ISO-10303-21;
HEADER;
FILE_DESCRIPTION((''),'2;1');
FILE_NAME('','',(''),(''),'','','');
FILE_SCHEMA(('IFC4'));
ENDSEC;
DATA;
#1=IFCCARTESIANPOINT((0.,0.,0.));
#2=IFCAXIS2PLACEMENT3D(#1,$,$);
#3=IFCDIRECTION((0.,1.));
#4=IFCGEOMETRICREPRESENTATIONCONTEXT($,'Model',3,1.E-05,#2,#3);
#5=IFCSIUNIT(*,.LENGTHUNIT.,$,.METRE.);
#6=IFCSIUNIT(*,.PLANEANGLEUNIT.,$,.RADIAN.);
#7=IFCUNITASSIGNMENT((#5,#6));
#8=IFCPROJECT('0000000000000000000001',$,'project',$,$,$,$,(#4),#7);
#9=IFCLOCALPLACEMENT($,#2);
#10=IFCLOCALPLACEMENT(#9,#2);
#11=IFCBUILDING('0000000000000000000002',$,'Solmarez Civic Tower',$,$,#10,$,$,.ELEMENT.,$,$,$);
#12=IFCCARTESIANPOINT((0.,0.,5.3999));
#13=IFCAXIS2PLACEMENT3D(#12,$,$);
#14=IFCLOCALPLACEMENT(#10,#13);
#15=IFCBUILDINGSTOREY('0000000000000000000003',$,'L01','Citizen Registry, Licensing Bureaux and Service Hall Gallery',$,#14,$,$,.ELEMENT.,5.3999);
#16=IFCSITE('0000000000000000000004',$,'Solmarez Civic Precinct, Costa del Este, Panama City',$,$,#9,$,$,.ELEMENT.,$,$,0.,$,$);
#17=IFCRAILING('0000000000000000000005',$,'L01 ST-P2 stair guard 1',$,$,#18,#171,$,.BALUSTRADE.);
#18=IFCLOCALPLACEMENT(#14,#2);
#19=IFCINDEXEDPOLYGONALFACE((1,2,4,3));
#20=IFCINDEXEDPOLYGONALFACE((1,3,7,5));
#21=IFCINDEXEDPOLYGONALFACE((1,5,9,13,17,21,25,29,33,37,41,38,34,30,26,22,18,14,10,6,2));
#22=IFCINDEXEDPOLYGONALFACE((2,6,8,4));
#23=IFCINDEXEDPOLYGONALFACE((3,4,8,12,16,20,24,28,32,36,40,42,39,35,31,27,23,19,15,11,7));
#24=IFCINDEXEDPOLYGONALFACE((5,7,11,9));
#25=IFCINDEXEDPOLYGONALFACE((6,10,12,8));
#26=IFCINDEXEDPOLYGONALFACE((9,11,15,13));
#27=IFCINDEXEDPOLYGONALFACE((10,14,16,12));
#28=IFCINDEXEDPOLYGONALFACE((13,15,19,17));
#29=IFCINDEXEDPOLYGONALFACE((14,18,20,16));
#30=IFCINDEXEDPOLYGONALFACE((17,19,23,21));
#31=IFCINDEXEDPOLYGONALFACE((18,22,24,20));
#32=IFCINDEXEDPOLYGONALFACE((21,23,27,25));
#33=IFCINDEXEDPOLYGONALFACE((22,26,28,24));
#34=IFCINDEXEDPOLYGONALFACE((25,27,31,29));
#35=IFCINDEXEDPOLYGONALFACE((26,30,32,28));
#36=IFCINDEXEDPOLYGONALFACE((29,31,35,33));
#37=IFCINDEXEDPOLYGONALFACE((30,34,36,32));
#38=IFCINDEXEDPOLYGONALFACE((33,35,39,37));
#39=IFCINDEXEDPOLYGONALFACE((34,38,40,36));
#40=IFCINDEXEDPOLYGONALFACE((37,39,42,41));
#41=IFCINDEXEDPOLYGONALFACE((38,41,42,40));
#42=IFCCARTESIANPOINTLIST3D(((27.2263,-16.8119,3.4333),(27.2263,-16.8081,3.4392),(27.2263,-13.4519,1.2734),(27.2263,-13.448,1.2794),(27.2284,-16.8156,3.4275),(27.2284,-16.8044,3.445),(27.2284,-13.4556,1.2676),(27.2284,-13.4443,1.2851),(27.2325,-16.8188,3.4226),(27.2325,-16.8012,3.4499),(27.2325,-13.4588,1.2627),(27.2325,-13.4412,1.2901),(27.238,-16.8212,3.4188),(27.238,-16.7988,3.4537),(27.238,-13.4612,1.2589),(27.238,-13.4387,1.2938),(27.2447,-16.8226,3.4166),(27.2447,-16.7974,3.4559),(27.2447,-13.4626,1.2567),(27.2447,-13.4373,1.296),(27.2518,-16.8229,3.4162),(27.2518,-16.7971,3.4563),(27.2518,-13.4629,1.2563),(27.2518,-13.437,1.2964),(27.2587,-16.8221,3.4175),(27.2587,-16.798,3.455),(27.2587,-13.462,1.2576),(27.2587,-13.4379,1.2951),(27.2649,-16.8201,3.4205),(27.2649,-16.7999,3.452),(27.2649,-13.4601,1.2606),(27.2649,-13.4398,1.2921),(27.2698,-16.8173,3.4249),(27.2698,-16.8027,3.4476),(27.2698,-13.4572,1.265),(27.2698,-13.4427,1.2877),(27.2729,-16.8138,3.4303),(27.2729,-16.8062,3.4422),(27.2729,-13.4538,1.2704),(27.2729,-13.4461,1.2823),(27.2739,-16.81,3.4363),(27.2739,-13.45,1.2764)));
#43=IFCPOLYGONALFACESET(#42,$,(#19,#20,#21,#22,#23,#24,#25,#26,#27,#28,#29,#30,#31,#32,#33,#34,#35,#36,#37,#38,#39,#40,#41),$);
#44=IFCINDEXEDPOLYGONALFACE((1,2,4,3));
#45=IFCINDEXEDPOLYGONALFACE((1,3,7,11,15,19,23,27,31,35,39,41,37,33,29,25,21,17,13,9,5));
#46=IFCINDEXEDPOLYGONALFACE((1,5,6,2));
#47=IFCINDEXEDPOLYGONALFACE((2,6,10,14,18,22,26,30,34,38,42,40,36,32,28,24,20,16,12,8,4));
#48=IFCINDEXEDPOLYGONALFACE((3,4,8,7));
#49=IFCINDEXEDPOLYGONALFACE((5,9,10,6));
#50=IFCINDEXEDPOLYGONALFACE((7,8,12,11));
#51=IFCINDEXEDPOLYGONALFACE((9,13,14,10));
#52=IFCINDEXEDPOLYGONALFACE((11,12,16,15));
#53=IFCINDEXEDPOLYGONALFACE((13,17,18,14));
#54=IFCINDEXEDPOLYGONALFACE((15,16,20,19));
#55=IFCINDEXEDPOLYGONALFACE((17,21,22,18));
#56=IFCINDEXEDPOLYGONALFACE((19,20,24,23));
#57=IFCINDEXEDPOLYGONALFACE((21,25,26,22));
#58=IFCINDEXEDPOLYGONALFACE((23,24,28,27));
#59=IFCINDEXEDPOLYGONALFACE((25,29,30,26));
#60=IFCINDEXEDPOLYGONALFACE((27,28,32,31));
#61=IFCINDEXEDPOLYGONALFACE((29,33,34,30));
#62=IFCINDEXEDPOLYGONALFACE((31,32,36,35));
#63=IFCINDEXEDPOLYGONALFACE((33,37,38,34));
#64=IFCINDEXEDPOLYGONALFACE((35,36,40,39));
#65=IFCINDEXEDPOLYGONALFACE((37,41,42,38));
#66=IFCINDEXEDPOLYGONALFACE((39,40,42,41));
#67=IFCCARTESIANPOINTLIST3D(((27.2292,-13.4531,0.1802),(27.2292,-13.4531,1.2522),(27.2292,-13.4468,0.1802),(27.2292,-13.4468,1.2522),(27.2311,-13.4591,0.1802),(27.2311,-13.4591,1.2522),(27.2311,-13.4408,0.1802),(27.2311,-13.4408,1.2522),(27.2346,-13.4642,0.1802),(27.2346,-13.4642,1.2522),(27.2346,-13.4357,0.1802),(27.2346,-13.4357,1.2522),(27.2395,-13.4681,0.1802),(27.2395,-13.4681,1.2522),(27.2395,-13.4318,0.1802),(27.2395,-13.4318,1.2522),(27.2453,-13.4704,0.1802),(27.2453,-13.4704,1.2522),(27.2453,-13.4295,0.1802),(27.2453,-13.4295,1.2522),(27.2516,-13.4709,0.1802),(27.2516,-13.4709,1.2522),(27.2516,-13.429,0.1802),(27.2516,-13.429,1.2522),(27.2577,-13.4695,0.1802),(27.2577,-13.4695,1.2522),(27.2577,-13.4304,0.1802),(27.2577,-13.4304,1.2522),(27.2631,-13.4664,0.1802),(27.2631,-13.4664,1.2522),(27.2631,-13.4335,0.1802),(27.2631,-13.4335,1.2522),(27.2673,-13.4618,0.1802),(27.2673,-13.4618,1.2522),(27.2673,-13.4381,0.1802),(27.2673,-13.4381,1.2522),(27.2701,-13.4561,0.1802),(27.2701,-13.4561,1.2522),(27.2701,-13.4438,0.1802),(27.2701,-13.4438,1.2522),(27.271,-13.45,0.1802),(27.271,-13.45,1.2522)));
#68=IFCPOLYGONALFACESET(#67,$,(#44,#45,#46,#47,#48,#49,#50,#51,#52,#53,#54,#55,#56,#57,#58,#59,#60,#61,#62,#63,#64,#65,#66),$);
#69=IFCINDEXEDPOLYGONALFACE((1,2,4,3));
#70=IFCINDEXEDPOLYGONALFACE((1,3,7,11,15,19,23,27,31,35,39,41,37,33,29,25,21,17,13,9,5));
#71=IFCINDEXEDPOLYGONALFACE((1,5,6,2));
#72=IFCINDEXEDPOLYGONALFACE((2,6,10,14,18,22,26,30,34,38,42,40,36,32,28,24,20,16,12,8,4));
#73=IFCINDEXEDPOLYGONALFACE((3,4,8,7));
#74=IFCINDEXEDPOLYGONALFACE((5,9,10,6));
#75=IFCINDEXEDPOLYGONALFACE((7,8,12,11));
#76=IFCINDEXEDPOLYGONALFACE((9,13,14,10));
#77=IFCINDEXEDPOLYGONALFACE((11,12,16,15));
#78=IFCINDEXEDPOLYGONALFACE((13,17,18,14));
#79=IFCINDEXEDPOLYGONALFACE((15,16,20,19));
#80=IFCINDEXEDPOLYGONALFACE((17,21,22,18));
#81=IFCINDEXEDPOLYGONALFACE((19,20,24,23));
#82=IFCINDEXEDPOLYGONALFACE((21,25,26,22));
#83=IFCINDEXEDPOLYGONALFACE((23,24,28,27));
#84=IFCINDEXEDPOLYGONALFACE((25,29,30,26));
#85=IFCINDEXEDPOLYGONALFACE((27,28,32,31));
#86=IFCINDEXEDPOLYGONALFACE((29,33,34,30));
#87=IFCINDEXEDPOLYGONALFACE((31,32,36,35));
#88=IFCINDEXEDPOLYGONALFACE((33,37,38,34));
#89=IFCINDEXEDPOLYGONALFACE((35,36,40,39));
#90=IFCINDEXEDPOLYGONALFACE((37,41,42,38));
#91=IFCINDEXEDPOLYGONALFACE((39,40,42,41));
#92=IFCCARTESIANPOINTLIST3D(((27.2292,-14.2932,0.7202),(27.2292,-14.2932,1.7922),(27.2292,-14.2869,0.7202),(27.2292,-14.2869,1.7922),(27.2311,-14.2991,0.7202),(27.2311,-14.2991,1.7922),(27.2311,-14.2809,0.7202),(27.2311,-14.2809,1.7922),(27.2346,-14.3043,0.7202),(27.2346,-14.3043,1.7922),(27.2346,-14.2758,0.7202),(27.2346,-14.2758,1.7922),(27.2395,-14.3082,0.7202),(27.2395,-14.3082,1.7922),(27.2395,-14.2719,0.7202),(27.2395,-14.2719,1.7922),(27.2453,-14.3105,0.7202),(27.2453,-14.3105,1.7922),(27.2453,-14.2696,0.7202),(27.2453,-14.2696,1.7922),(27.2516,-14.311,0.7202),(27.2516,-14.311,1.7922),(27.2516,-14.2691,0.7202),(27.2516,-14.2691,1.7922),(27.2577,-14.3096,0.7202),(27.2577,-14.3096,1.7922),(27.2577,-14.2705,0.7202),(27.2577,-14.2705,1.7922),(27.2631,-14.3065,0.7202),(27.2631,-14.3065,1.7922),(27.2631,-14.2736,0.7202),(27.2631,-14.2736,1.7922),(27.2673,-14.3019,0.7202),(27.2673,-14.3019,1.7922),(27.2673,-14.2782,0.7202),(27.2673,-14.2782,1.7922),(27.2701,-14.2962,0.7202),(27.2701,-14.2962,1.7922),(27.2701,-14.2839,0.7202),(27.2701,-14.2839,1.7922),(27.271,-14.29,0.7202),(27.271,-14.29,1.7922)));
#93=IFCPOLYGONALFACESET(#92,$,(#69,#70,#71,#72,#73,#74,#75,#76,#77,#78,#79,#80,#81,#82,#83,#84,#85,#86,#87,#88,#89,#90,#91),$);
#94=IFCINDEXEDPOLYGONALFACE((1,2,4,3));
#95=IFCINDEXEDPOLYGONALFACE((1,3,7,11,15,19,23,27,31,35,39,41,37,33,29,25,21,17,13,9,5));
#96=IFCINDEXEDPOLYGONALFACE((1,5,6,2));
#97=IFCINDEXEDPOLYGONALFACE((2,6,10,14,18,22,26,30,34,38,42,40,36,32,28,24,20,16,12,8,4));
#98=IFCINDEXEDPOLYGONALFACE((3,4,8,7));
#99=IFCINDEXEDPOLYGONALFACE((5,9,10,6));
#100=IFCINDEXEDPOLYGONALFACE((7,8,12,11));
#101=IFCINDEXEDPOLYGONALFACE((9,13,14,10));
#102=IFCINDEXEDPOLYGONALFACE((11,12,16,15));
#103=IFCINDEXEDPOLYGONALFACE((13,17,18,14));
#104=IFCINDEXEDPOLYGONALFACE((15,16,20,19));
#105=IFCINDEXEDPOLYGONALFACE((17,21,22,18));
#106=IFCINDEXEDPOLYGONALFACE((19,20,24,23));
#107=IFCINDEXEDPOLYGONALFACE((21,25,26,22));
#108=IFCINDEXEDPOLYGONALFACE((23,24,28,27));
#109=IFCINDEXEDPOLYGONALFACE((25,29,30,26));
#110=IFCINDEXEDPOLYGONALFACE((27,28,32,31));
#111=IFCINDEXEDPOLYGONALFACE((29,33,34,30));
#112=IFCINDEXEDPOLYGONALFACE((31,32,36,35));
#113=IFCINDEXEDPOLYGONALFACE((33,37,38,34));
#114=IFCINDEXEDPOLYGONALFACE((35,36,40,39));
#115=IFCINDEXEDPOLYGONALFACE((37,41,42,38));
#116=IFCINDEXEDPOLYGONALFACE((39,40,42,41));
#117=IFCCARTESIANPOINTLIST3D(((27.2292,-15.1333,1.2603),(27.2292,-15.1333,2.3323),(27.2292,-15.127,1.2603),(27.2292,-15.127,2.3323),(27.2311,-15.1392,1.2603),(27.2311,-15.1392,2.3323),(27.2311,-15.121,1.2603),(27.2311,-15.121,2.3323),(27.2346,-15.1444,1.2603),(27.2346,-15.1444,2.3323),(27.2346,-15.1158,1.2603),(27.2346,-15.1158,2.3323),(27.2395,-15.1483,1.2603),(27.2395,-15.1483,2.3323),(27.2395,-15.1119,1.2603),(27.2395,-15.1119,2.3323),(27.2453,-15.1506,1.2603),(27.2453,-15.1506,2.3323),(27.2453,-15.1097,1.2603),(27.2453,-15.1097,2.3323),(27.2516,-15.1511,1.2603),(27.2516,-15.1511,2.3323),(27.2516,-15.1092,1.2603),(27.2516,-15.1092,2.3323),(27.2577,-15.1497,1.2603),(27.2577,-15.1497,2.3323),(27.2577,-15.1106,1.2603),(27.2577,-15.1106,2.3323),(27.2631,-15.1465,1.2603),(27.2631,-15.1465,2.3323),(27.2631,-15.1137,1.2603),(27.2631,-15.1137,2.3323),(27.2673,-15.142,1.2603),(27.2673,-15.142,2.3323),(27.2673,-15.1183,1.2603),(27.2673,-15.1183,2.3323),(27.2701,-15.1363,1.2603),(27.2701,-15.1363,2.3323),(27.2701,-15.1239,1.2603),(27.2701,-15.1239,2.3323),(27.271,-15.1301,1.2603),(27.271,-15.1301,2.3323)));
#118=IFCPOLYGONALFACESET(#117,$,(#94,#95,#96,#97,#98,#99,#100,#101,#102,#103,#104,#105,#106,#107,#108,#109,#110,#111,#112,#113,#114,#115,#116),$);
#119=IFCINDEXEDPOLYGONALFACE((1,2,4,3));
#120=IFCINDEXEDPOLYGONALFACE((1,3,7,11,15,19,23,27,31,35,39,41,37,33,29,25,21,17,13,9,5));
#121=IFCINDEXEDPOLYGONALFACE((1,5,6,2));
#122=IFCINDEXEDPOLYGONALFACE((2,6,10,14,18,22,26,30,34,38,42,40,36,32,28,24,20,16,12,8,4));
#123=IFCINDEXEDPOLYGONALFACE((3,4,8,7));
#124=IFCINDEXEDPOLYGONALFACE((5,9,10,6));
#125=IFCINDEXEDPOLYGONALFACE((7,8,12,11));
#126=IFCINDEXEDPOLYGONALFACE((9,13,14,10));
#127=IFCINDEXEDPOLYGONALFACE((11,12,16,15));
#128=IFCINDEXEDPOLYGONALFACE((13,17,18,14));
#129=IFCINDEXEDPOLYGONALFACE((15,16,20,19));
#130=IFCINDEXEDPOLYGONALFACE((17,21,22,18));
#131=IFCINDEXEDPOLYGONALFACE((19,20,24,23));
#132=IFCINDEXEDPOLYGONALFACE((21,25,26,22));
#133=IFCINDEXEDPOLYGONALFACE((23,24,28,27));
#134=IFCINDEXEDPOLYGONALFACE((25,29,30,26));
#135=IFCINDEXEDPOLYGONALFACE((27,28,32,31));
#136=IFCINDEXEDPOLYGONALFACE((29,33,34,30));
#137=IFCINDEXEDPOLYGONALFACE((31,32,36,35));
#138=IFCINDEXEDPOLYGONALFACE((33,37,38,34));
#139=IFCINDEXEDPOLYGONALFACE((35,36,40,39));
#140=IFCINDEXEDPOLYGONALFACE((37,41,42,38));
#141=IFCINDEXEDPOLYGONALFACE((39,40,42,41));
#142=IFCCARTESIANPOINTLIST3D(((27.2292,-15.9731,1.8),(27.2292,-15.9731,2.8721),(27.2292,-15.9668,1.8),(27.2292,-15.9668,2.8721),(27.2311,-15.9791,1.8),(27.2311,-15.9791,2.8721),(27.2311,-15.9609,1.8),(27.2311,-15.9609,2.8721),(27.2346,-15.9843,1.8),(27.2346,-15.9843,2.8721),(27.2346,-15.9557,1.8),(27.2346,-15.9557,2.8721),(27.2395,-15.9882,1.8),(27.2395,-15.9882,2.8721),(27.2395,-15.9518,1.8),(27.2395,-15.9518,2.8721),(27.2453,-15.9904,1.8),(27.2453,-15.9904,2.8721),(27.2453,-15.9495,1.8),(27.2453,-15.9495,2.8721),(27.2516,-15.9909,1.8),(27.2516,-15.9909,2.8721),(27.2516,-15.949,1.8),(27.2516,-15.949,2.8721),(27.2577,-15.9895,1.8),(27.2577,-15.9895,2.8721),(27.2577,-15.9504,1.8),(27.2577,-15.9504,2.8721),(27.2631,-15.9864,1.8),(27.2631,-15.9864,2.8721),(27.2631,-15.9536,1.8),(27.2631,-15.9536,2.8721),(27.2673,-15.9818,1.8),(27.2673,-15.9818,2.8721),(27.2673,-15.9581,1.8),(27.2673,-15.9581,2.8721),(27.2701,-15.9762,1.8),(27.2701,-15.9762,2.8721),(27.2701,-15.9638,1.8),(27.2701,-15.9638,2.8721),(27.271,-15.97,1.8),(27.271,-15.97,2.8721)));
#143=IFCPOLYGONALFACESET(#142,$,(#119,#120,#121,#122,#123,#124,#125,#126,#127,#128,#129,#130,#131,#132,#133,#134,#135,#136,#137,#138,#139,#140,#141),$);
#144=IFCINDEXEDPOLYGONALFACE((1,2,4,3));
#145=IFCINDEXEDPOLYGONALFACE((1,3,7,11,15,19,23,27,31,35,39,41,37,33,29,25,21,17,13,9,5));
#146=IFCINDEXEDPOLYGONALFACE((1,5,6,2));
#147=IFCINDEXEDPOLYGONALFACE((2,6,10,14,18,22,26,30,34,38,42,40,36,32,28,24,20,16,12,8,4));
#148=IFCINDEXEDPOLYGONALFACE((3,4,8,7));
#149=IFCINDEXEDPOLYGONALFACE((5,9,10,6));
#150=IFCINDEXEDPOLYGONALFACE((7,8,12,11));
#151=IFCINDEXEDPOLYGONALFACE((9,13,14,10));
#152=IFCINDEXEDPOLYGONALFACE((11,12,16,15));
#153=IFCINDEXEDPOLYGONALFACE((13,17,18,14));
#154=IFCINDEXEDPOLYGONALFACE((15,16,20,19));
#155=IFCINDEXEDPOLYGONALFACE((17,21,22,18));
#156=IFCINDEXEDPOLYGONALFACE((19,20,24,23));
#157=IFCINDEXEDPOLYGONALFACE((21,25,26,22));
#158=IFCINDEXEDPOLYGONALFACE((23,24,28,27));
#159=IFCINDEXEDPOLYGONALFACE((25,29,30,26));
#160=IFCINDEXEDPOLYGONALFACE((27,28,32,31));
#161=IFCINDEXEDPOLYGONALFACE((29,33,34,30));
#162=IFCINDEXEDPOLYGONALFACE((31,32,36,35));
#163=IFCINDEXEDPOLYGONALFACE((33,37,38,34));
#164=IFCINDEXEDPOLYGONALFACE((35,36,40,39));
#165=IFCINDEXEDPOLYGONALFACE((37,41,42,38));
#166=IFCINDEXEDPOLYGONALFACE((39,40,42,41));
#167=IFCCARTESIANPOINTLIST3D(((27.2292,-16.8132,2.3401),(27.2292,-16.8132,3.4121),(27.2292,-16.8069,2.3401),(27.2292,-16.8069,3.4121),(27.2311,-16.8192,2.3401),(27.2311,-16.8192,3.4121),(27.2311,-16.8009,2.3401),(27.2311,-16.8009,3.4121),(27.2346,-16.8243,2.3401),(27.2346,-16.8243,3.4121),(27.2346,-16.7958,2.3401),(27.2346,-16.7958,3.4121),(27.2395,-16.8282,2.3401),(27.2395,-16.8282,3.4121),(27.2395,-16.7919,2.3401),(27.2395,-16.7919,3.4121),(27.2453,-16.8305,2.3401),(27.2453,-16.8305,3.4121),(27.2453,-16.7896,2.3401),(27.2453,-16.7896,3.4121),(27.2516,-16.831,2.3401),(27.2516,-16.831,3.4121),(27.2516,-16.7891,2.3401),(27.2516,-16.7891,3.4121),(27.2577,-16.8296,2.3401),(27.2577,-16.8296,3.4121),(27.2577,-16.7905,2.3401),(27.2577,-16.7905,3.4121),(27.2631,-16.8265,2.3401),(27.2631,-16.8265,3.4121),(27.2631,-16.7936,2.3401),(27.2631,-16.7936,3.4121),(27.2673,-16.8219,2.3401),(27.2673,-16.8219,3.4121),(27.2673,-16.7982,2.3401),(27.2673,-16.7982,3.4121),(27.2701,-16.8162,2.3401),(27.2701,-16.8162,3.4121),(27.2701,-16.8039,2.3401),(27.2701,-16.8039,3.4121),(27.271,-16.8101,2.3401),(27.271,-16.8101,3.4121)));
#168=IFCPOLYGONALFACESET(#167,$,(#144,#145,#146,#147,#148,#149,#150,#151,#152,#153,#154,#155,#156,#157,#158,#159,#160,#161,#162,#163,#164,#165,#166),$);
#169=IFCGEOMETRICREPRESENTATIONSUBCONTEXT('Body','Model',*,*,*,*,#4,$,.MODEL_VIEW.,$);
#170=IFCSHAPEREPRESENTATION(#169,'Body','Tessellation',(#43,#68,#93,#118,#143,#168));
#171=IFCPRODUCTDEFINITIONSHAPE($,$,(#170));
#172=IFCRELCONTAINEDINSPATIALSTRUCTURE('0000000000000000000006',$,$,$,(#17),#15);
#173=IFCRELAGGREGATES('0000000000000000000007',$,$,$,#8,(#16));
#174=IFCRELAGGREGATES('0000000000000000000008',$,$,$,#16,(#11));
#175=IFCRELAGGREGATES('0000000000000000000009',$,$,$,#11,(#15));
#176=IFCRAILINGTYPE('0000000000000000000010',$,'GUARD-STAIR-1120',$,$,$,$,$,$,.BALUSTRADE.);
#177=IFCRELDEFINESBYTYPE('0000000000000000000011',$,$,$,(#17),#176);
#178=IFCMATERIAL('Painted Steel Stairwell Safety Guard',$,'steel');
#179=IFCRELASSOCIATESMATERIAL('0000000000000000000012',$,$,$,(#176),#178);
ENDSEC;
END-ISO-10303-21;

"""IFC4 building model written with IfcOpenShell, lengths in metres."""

from ifc_helpers import new_model, si_unit, direction, frame, origin, origin_2d, place, context, subcontext, project, spatial, circle, extrude, material, type_object, element, save


model = new_model("IFC4")

# Units and contexts
model_context = context("Model", 3, precision=1e-05, world=origin(), true_north=direction((0.0, 1.0)))
body_context = subcontext(model_context, "Body", "Model", "MODEL_VIEW")
ifc_project = project(units=[si_unit("LENGTHUNIT", "METRE"), si_unit("PLANEANGLEUNIT", "RADIAN")], contexts=[model_context])

# Site, building, storey
site_placement = place(None, origin())
site = spatial("IfcSite", under=ifc_project, at=site_placement, Name="Solmarez Civic Precinct, Costa del Este, Panama City", CompositionType="ELEMENT", RefElevation=0.0)
building_placement = place(site_placement, origin())
building = spatial("IfcBuilding", under=site, at=building_placement, Name="Solmarez Civic Tower", CompositionType="ELEMENT")
storey_placement = place(building_placement, frame((0.0, 0.0, 5.3999)))
storey = spatial("IfcBuildingStorey", under=building, at=storey_placement, Name="L01", Description="Citizen Registry, Licensing Bureaux and Service Hall Gallery", CompositionType="ELEMENT", Elevation=5.3999)

# Railing
ifc_material_1 = material(Name="Painted Steel Stairwell Safety Guard", Category="steel")
railing_type_1 = type_object("IfcRailingType", Name="GUARD-STAIR-1120", PredefinedType="BALUSTRADE", material=ifc_material_1)
railing_1_placement = place(storey_placement, frame((27.25, -13.45, 0.1802)))
element("IfcRailing", 1, at=railing_1_placement, inside=storey, type_object=railing_type_1, Name="L01 ST-P2 stair guard 1", PredefinedType="BALUSTRADE", context=body_context, shape_type="SweptSolid", body=[
    extrude(circle(Radius=0.0239, at=origin_2d()), frame((0.0, 0.0, 1.0962), z_axis=(0.0, -0.841196, 0.54073), x_axis=(1.0, 0.0, 0.0)), (0.0, 0.0, 1.0), 3.9944),
    extrude(circle(Radius=0.021, at=origin_2d()), origin(), (0.0, 0.0, 1.0), 1.072),
    extrude(circle(Radius=0.021, at=origin_2d()), frame((0.0, -0.8401, 0.54)), (0.0, 0.0, 1.0), 1.072),
    extrude(circle(Radius=0.021, at=origin_2d()), frame((0.0, -1.6802, 1.0801)), (0.0, 0.0, 1.0), 1.072),
    extrude(circle(Radius=0.021, at=origin_2d()), frame((0.0, -2.52, 1.6199)), (0.0, 0.0, 1.0), 1.072),
    extrude(circle(Radius=0.021, at=origin_2d()), frame((0.0, -3.3601, 2.1599)), (0.0, 0.0, 1.0), 1.072),
])

save(model, "model.ifc")
